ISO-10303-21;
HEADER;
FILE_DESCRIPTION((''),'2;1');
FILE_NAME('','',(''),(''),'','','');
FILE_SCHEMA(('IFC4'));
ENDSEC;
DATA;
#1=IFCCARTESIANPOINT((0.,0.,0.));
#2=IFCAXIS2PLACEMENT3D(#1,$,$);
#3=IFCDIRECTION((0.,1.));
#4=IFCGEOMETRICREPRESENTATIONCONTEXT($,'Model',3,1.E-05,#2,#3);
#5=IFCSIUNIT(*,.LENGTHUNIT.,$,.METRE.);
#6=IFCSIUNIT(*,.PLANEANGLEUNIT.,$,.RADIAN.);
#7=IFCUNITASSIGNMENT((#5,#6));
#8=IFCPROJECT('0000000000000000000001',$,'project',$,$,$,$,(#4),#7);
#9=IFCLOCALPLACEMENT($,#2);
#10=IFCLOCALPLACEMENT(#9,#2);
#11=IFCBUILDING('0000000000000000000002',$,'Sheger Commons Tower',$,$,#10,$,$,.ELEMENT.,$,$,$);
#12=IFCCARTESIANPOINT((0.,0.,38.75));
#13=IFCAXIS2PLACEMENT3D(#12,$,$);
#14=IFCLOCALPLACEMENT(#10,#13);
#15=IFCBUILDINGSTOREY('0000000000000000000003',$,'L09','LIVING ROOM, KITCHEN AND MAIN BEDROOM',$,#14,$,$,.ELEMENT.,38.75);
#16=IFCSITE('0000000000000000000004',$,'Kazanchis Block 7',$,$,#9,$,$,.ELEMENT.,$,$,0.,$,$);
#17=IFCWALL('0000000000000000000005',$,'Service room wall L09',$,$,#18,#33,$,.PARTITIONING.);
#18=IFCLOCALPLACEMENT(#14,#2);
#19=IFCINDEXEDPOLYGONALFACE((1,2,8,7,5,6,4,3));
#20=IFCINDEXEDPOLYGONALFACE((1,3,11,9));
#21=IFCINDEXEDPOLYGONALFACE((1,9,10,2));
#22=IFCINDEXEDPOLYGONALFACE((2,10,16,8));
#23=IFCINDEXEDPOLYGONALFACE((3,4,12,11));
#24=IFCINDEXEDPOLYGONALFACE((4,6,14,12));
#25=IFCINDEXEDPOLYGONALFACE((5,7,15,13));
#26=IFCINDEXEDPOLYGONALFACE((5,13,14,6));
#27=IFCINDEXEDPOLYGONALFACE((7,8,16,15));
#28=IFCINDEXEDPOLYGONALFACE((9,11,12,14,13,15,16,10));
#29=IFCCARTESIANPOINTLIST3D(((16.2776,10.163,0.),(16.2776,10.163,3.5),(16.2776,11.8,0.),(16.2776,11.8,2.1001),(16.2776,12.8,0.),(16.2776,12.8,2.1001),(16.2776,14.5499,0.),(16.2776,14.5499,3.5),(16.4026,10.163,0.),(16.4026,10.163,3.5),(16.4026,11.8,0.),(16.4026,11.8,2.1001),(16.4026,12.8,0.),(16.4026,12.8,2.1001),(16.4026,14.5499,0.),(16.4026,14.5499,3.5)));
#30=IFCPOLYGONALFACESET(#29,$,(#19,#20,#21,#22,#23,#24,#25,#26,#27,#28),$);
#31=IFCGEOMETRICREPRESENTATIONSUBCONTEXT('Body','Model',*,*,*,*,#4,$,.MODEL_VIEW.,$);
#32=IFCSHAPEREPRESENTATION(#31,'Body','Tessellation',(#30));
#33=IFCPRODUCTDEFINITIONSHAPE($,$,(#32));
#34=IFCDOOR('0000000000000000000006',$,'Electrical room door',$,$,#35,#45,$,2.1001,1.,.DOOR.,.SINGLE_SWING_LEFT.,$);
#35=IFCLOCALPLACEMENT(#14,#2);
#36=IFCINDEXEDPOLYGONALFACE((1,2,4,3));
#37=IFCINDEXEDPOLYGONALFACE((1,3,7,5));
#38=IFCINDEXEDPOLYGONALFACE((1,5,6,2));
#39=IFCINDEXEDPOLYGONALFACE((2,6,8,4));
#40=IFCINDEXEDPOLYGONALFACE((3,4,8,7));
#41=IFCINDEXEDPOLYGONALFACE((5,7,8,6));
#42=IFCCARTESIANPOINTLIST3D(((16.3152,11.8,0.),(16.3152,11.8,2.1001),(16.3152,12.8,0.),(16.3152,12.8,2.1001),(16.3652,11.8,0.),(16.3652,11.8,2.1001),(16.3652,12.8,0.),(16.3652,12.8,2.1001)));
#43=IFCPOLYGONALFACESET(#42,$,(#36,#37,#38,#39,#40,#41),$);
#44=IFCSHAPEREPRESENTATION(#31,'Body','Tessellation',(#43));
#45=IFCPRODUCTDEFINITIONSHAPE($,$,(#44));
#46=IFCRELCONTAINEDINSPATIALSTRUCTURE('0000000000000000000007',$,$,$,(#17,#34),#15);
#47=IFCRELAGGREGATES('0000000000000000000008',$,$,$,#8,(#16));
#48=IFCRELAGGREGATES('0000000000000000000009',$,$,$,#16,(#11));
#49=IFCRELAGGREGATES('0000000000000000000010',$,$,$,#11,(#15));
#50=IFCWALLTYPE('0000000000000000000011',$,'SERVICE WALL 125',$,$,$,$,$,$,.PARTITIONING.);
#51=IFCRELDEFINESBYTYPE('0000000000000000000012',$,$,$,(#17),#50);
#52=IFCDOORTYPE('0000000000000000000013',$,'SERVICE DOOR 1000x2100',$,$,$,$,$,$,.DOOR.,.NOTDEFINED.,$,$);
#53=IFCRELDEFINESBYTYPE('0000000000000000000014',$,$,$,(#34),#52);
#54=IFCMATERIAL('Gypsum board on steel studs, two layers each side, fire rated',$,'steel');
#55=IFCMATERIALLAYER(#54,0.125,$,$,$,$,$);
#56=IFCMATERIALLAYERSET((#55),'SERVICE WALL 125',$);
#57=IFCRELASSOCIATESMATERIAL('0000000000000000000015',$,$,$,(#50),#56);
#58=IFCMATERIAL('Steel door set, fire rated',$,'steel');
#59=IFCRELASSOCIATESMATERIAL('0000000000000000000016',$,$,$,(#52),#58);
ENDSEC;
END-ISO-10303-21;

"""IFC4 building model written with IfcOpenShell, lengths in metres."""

from ifc_helpers import new_model, si_unit, direction, frame, frame_2d, origin, place, context, subcontext, project, spatial, rectangle, extrude, material, layer, layer_set, type_object, element, fill, save


model = new_model("IFC4")

# Units and contexts
model_context = context("Model", 3, precision=1e-05, world=origin(), true_north=direction((0.0, 1.0)))
body_context = subcontext(model_context, "Body", "Model", "MODEL_VIEW")
ifc_project = project(units=[si_unit("LENGTHUNIT", "METRE"), si_unit("PLANEANGLEUNIT", "RADIAN")], contexts=[model_context])

# Site, building, storey
site_placement = place(None, origin())
site = spatial("IfcSite", under=ifc_project, at=site_placement, Name="Kazanchis Block 7", CompositionType="ELEMENT", RefElevation=0.0)
building_placement = place(site_placement, origin())
building = spatial("IfcBuilding", under=site, at=building_placement, Name="Sheger Commons Tower", CompositionType="ELEMENT")
storey_placement = place(building_placement, frame((0.0, 0.0, 38.75)))
storey = spatial("IfcBuildingStorey", under=building, at=storey_placement, Name="L09", Description="LIVING ROOM, KITCHEN AND MAIN BEDROOM", CompositionType="ELEMENT", Elevation=38.75)

# Shared definitions
ifc_material_1 = material(Name="Gypsum board on steel studs, two layers each side, fire rated", Category="steel")
ifc_layer_1 = layer(ifc_material_1, 0.125)
ifc_layer_set_1 = layer_set([ifc_layer_1], Name="SERVICE WALL 125")
wall_type_1 = type_object("IfcWallType", Name="SERVICE WALL 125", PredefinedType="PARTITIONING", material=ifc_layer_set_1)
ifc_material_2 = material(Name="Steel door set, fire rated", Category="steel")
door_type_1 = type_object("IfcDoorType", Name="SERVICE DOOR 1000x2100", OperationType="NOTDEFINED", PredefinedType="DOOR", material=ifc_material_2)

# Wall, opening, door
wall_1_placement = place(storey_placement, frame((16.3401, 10.1631, 0.0), z_axis=(0.0, 0.0, 1.0), x_axis=(0.0, 1.0, 0.0)))
wall_1 = element("IfcWall", 1, at=wall_1_placement, inside=storey, type_object=wall_type_1, Name="Service room wall L09", PredefinedType="PARTITIONING", context=body_context, shape_type="SweptSolid", body=[
    extrude(rectangle(XDim=4.387, YDim=0.125, at=frame_2d((2.1934, 0.0))), origin(), (0.0, 0.0, 1.0), 3.5),
])
opening_1_placement = place(wall_1_placement, frame((1.637, 0.0, 0.0)))
opening_1 = element("IfcOpeningElement", 2, at=opening_1_placement, cuts=wall_1, PredefinedType="OPENING", context=body_context, shape_type="SweptSolid", body=[
    extrude(rectangle(XDim=1.0, YDim=2.1001, at=frame_2d((0.5, 1.05))), frame((0.0, 0.0725, 0.0), z_axis=(0.0, -1.0, 0.0), x_axis=(1.0, 0.0, 0.0)), (0.0, 0.0, 1.0), 0.145),
])
door_1_placement = place(opening_1_placement, origin())
door_1 = element("IfcDoor", 3, at=door_1_placement, inside=storey, type_object=door_type_1, Name="Electrical room door", OperationType="SINGLE_SWING_LEFT", OverallHeight=2.1001, OverallWidth=1.0, PredefinedType="DOOR", context=body_context, shape_type="SweptSolid", body=[
    extrude(rectangle(XDim=1.0, YDim=2.1001, at=frame_2d((0.5, 1.05))), frame((0.0, 0.0249, 0.0), z_axis=(0.0, -1.0, 0.0), x_axis=(1.0, 0.0, 0.0)), (0.0, 0.0, 1.0), 0.05),
])
fill(opening_1, door_1)

save(model, "model.ifc")
